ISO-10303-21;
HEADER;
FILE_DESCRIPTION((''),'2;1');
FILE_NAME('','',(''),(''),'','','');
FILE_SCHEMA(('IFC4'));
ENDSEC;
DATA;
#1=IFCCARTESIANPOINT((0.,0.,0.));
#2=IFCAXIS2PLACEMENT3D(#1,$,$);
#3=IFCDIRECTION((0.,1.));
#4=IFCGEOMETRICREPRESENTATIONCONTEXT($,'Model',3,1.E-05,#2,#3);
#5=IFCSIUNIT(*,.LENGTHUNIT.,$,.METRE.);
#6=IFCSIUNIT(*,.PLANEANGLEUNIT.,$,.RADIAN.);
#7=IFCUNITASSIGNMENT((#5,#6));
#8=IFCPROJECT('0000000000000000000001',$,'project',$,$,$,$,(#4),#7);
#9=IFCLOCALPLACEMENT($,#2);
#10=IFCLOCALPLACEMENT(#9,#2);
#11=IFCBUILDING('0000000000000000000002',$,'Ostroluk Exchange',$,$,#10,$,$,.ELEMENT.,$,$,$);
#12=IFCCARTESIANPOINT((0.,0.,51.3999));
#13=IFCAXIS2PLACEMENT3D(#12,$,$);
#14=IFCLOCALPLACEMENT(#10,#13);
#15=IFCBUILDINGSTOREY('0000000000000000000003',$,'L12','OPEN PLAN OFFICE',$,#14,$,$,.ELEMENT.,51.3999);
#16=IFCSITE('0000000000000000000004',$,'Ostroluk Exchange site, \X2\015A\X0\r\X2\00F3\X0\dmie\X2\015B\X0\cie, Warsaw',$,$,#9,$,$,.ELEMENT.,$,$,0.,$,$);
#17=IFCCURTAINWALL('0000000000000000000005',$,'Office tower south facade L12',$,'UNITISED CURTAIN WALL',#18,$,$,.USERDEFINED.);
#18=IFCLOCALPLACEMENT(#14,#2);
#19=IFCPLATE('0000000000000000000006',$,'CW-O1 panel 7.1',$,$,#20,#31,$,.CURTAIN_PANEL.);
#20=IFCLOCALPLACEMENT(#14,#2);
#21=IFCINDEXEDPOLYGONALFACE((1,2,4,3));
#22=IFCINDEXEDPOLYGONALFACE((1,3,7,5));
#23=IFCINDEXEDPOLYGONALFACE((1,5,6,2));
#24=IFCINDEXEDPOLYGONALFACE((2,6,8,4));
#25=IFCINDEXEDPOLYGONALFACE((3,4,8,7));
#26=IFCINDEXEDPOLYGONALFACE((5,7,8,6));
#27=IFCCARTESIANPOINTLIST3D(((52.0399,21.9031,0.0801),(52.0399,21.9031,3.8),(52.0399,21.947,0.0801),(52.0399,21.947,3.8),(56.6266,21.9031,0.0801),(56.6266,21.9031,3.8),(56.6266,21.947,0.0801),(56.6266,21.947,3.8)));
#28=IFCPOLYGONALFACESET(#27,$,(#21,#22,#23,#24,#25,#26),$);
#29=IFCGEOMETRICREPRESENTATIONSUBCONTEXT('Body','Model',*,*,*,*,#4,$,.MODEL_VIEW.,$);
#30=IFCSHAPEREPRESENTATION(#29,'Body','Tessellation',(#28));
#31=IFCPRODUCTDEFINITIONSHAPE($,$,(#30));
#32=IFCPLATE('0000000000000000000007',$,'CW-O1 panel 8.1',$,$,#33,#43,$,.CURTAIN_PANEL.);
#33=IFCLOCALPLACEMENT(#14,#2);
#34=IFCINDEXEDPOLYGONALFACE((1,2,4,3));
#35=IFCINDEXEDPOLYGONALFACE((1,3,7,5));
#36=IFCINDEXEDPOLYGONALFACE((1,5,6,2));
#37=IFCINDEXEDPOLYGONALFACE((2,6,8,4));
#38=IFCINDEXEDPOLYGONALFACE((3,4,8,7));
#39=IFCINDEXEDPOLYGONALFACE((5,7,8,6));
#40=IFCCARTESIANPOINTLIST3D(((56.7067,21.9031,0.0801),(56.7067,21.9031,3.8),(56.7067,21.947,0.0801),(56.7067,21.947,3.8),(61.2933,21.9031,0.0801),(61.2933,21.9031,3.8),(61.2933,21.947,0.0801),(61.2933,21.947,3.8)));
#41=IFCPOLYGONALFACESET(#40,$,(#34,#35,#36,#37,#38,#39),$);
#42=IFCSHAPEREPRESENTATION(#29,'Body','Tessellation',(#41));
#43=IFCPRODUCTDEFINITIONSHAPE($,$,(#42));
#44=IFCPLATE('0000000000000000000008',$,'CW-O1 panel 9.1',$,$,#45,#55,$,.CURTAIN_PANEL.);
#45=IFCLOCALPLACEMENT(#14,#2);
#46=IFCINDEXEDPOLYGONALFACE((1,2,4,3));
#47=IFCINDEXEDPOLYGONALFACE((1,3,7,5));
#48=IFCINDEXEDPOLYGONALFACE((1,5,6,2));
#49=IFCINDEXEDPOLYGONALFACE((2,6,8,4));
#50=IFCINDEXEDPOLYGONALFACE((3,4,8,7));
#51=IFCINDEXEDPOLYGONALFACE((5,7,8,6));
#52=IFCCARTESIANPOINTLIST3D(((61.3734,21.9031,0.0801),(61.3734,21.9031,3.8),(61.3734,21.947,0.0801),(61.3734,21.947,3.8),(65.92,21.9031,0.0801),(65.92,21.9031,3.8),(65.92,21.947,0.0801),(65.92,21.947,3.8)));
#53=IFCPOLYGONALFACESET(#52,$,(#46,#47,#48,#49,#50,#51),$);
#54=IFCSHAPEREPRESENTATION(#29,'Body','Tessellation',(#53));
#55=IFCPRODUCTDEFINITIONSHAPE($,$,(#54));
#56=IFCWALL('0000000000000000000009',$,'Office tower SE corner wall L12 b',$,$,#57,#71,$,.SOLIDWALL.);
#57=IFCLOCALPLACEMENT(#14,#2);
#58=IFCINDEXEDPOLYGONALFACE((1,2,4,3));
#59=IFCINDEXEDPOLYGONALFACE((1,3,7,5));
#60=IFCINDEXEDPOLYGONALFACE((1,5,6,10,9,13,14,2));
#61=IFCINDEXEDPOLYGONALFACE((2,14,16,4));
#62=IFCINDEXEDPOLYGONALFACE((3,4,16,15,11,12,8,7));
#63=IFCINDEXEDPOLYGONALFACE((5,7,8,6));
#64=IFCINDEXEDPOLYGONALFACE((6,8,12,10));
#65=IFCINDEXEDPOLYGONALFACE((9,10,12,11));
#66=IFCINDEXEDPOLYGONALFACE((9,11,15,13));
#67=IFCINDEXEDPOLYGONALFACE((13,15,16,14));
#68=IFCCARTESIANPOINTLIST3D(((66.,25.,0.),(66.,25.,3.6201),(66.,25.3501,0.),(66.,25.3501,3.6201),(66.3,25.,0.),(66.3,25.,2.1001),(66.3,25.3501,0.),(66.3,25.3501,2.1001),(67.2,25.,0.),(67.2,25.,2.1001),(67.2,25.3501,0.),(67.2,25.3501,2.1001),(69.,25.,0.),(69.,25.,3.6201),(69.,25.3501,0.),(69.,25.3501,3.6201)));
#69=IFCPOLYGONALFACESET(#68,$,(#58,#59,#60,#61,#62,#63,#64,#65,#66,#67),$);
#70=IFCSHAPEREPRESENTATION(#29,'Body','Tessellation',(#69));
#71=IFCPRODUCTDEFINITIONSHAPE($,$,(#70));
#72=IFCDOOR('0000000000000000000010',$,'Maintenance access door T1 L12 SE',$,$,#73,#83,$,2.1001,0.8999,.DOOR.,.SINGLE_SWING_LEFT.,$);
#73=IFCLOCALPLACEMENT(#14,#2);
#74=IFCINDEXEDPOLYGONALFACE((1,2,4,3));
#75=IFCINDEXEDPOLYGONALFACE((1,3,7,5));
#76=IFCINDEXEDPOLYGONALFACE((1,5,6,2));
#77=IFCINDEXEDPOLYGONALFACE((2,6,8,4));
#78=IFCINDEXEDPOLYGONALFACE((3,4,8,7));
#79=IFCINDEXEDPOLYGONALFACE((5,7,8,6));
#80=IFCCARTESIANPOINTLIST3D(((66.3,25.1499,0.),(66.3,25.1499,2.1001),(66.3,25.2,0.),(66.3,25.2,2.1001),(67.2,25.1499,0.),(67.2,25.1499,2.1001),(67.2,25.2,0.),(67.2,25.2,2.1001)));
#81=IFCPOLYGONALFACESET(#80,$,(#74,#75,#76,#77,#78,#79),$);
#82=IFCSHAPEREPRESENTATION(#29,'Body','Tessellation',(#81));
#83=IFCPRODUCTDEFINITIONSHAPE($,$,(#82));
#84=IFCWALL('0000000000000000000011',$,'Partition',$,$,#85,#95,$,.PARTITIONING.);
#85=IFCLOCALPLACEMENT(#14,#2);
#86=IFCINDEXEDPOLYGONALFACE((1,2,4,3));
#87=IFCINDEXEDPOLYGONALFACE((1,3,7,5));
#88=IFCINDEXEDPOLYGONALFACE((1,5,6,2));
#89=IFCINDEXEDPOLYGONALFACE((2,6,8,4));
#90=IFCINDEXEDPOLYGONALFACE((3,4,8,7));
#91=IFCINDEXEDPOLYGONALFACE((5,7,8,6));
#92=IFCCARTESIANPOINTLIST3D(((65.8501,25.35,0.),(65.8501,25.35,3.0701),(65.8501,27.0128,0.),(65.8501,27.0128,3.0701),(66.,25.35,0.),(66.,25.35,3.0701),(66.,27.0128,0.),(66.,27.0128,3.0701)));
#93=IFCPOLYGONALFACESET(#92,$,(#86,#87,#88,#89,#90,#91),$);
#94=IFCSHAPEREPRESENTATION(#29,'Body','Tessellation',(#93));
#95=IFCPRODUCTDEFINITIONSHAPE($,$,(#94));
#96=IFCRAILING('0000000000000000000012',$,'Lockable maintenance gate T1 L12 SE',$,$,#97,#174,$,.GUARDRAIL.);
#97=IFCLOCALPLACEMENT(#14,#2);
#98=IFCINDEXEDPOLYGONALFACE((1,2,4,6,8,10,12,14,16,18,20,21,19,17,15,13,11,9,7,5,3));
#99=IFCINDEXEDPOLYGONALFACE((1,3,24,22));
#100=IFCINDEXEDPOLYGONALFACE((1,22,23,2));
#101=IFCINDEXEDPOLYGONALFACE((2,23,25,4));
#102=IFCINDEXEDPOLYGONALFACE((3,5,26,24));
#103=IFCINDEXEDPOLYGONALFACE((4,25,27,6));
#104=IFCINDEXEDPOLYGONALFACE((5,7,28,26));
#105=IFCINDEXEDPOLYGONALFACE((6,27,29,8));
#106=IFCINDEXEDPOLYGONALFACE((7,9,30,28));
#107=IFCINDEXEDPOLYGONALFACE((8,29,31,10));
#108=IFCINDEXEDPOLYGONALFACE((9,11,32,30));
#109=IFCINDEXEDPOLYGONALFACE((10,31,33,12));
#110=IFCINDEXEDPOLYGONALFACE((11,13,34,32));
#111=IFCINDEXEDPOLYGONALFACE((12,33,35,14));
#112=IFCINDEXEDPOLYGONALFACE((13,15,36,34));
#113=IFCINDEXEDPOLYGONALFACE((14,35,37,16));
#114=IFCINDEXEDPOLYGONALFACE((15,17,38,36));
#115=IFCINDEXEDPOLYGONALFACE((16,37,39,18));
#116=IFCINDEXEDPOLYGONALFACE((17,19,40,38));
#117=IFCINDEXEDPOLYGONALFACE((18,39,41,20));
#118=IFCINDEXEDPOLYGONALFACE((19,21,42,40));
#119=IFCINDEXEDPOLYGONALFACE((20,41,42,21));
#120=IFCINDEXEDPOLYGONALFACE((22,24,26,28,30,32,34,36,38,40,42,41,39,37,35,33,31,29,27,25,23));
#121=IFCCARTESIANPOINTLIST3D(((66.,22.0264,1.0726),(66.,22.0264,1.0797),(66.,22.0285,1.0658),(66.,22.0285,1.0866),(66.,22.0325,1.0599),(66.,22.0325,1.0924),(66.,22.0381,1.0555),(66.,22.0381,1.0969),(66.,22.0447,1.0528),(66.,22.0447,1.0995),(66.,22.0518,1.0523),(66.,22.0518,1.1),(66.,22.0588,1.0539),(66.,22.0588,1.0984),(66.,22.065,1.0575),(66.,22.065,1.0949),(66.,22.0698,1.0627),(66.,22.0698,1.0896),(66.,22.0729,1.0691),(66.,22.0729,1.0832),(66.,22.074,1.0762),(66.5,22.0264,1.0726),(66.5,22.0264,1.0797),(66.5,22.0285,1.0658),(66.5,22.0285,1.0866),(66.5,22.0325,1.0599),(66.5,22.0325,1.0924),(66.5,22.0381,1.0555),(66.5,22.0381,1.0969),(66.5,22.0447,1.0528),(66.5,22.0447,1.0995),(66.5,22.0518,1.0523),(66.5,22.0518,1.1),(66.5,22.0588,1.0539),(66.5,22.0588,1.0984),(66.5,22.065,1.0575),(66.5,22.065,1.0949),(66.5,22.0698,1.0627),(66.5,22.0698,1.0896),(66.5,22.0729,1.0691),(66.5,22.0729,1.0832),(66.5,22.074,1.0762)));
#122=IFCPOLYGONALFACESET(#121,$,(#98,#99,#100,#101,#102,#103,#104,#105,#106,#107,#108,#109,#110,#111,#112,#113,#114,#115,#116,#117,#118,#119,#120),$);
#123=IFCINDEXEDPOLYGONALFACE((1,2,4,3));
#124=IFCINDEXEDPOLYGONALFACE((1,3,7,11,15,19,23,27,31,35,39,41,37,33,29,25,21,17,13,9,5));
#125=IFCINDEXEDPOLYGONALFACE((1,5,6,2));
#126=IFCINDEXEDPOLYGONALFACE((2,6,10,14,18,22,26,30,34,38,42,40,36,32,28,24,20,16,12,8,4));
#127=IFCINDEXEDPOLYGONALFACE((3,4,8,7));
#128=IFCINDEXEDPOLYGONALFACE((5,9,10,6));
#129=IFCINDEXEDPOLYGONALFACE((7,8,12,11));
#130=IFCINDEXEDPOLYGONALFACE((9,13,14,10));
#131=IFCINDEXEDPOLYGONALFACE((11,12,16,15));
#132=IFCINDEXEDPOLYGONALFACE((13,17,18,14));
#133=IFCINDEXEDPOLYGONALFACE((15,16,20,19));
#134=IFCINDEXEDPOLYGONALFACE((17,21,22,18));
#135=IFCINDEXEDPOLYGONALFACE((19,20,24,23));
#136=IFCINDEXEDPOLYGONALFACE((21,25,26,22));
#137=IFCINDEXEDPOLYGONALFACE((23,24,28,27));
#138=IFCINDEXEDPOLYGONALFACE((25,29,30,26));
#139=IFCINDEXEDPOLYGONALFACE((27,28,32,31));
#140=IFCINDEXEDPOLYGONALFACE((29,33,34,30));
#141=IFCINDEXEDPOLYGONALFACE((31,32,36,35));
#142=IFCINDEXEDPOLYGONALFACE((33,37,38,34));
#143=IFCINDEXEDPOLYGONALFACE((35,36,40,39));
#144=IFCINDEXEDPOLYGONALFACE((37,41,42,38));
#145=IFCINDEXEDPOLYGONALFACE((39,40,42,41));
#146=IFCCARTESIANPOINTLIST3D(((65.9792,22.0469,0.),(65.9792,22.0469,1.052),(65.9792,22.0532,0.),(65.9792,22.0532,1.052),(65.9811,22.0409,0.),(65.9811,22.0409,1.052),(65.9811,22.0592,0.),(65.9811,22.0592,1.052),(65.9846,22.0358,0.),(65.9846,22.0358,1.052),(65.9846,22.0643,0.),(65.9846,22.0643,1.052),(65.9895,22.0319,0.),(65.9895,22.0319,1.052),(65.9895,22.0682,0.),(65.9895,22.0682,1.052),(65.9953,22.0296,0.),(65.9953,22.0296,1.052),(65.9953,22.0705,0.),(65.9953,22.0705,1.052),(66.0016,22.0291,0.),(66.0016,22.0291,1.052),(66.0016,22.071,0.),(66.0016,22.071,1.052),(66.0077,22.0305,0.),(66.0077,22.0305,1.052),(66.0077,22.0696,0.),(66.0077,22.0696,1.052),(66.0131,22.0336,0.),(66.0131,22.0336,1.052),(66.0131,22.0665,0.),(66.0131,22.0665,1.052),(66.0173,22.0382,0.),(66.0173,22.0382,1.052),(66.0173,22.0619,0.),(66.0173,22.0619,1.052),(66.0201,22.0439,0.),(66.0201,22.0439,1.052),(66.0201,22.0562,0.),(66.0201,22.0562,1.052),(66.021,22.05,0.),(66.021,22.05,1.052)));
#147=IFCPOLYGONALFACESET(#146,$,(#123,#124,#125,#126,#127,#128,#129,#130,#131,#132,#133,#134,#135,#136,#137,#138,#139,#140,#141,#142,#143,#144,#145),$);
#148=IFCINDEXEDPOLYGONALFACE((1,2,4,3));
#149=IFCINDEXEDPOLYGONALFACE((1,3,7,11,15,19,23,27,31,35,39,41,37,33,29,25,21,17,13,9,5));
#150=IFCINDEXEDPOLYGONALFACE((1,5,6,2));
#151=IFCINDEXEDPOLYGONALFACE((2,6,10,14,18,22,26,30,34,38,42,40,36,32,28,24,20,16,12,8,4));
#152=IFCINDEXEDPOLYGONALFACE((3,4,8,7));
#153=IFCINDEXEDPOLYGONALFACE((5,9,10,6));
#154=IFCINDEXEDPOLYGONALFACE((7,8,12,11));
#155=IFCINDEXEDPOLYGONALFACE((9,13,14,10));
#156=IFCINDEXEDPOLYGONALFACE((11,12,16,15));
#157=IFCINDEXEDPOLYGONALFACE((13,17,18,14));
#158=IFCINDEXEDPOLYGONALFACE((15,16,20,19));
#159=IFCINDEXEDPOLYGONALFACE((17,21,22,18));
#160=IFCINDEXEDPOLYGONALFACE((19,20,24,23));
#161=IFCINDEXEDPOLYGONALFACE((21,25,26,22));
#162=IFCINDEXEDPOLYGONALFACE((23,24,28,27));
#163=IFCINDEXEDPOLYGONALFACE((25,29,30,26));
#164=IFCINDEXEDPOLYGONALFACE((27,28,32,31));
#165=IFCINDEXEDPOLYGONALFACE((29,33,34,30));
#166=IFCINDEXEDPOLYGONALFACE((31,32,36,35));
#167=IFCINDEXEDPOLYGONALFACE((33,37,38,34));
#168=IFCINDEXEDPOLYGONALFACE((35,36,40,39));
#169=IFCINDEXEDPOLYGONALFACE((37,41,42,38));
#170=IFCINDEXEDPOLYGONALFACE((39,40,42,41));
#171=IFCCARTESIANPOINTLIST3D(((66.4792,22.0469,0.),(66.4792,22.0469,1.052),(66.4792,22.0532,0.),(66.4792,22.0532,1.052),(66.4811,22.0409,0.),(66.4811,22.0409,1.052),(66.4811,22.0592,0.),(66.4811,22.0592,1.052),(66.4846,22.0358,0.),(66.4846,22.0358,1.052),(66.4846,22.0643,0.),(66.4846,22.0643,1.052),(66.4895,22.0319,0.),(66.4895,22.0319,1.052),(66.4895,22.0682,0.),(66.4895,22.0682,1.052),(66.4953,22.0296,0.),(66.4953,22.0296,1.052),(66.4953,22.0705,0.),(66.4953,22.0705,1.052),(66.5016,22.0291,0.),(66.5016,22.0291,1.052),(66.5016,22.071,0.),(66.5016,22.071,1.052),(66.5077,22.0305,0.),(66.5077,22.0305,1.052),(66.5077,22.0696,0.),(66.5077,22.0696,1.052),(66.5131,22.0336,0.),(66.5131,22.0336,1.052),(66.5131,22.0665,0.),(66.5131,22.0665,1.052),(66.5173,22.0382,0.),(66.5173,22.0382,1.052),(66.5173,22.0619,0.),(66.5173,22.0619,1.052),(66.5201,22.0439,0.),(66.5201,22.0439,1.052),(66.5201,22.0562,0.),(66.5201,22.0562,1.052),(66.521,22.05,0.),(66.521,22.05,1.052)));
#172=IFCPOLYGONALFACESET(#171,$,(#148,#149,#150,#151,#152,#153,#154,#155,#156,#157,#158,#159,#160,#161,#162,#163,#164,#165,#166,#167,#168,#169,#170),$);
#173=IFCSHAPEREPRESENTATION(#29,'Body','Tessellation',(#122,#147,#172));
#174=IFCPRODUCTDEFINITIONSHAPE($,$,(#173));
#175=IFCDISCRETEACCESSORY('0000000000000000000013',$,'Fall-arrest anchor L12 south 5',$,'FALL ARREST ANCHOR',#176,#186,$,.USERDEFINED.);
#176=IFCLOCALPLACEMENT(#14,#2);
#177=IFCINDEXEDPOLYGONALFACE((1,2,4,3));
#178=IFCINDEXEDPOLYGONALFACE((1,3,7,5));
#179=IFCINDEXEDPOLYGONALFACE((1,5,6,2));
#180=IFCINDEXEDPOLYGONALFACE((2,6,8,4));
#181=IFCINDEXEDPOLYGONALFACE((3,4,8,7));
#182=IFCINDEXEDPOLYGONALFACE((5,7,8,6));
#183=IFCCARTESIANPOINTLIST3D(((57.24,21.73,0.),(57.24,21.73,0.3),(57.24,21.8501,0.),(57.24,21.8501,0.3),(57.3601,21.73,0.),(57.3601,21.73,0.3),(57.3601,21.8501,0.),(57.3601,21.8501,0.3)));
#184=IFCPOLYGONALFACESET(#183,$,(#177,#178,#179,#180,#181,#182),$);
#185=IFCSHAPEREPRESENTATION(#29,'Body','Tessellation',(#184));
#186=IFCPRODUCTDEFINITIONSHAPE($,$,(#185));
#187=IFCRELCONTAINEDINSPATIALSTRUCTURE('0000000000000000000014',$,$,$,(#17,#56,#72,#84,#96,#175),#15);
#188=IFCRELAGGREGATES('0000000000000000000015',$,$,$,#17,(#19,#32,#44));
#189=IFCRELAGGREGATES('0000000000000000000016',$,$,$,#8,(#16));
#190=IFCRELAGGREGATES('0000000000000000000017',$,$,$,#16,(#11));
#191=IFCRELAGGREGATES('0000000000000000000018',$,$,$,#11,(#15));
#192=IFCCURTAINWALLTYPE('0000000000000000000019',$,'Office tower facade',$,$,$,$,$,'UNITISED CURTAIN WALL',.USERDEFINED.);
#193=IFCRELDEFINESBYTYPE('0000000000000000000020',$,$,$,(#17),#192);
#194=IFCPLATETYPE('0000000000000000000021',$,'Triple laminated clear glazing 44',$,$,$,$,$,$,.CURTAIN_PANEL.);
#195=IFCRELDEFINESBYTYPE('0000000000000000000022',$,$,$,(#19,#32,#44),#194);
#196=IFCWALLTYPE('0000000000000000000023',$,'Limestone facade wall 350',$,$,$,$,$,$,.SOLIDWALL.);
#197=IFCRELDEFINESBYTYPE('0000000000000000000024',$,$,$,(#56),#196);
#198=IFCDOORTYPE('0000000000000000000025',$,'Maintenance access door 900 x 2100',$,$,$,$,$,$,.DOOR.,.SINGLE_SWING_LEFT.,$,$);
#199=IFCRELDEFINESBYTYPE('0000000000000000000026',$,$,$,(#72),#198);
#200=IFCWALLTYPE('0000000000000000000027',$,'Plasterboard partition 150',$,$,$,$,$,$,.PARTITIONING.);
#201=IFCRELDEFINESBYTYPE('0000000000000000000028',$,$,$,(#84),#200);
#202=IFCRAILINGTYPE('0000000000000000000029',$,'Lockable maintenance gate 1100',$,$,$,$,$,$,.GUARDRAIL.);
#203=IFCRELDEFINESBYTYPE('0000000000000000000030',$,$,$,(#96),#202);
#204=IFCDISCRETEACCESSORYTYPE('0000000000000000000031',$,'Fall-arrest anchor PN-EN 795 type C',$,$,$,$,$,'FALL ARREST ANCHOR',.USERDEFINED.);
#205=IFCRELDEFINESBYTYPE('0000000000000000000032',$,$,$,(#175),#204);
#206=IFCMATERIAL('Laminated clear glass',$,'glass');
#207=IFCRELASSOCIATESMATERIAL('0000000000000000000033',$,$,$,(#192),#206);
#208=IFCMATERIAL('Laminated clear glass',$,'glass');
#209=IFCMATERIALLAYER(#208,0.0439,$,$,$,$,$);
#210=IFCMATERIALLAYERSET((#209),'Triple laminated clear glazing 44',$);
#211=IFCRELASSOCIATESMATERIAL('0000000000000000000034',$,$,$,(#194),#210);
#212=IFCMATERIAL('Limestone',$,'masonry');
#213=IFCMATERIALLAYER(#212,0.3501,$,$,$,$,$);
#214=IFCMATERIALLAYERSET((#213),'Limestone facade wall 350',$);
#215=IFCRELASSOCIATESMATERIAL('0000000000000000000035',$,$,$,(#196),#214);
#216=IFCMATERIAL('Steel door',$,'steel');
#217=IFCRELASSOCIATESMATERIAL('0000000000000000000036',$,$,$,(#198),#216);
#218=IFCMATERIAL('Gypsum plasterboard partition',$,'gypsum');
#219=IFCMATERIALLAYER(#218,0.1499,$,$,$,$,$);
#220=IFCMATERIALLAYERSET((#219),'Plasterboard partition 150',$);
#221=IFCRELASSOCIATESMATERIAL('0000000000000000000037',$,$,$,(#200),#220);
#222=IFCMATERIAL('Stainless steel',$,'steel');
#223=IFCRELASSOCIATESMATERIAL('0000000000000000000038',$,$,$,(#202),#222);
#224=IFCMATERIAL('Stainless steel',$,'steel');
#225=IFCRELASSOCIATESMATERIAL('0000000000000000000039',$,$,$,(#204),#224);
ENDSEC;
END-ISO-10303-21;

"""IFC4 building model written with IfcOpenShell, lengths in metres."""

from ifc_helpers import new_model, si_unit, direction, frame, frame_2d, origin, origin_2d, place, context, subcontext, project, spatial, rectangle, circle, extrude, material, layer, layer_set, type_object, element, fill, aggregate, save


model = new_model("IFC4")

# Units and contexts
model_context = context("Model", 3, precision=1e-05, world=origin(), true_north=direction((0.0, 1.0)))
body_context = subcontext(model_context, "Body", "Model", "MODEL_VIEW")
ifc_project = project(units=[si_unit("LENGTHUNIT", "METRE"), si_unit("PLANEANGLEUNIT", "RADIAN")], contexts=[model_context])

# Site, building, storey
site_placement = place(None, origin())
site = spatial("IfcSite", under=ifc_project, at=site_placement, Name="Ostroluk Exchange site, Śródmieście, Warsaw", CompositionType="ELEMENT", RefElevation=0.0)
building_placement = place(site_placement, origin())
building = spatial("IfcBuilding", under=site, at=building_placement, Name="Ostroluk Exchange", CompositionType="ELEMENT")
storey_placement = place(building_placement, frame((0.0, 0.0, 51.3999)))
storey = spatial("IfcBuildingStorey", under=building, at=storey_placement, Name="L12", Description="OPEN PLAN OFFICE", CompositionType="ELEMENT", Elevation=51.3999)

# Curtain wall
ifc_material_1 = material(Name="Laminated clear glass", Category="glass")
curtain_wall_type = type_object("IfcCurtainWallType", Name="Office tower facade", ElementType="UNITISED CURTAIN WALL", PredefinedType="USERDEFINED", material=ifc_material_1)
curtain_wall_placement = place(storey_placement, origin())
curtain_wall = element("IfcCurtainWall", 1, at=curtain_wall_placement, inside=storey, type_object=curtain_wall_type, Name="Office tower south facade L12", ObjectType="UNITISED CURTAIN WALL", PredefinedType="USERDEFINED")

# Plates
ifc_material_2 = material(Name="Laminated clear glass", Category="glass")
ifc_layer_1 = layer(ifc_material_2, 0.0439)
ifc_layer_set_1 = layer_set([ifc_layer_1], Name="Triple laminated clear glazing 44")
plate_type_1 = type_object("IfcPlateType", Name="Triple laminated clear glazing 44", PredefinedType="CURTAIN_PANEL", material=ifc_layer_set_1)
plate_1_placement = place(storey_placement, frame((54.3333, 21.925, 0.0801), z_axis=(0.0, 0.0, 1.0), x_axis=(1.0, 0.0, 0.0)))
plate_1 = element("IfcPlate", 2, at=plate_1_placement, type_object=plate_type_1, Name="CW-O1 panel 7.1", PredefinedType="CURTAIN_PANEL", context=body_context, shape_type="SweptSolid", body=[
    extrude(rectangle(XDim=4.5867, YDim=0.0439, at=origin_2d()), origin(), (0.0, 0.0, 1.0), 3.72),
])
plate_2_placement = place(storey_placement, frame((59.0, 21.925, 0.0801), z_axis=(0.0, 0.0, 1.0), x_axis=(1.0, 0.0, 0.0)))
plate_2 = element("IfcPlate", 3, at=plate_2_placement, type_object=plate_type_1, Name="CW-O1 panel 8.1", PredefinedType="CURTAIN_PANEL", context=body_context, shape_type="SweptSolid", body=[
    extrude(rectangle(XDim=4.5867, YDim=0.0439, at=origin_2d()), origin(), (0.0, 0.0, 1.0), 3.72),
])
plate_3_placement = place(storey_placement, frame((63.6467, 21.925, 0.0801), z_axis=(0.0, 0.0, 1.0), x_axis=(1.0, 0.0, 0.0)))
plate_3 = element("IfcPlate", 4, at=plate_3_placement, type_object=plate_type_1, Name="CW-O1 panel 9.1", PredefinedType="CURTAIN_PANEL", context=body_context, shape_type="SweptSolid", body=[
    extrude(rectangle(XDim=4.5466, YDim=0.0439, at=origin_2d()), origin(), (0.0, 0.0, 1.0), 3.72),
])
aggregate(curtain_wall, [plate_1, plate_2, plate_3])

# Wall, opening, door
ifc_material_3 = material(Name="Limestone", Category="masonry")
ifc_layer_2 = layer(ifc_material_3, 0.3501)
ifc_layer_set_2 = layer_set([ifc_layer_2], Name="Limestone facade wall 350")
wall_type_1 = type_object("IfcWallType", Name="Limestone facade wall 350", PredefinedType="SOLIDWALL", material=ifc_layer_set_2)
wall_1_placement = place(storey_placement, frame((66.0, 25.175, 0.0), z_axis=(0.0, 0.0, 1.0), x_axis=(1.0, 0.0, 0.0)))
wall_1 = element("IfcWall", 5, at=wall_1_placement, inside=storey, type_object=wall_type_1, Name="Office tower SE corner wall L12 b", PredefinedType="SOLIDWALL", context=body_context, shape_type="SweptSolid", body=[
    extrude(rectangle(XDim=3.0, YDim=0.3501, at=frame_2d((1.5, 0.0))), origin(), (0.0, 0.0, 1.0), 3.6201),
])
opening_1_placement = place(wall_1_placement, frame((0.3, 0.0, 0.0)))
opening_1 = element("IfcOpeningElement", 6, at=opening_1_placement, cuts=wall_1, PredefinedType="OPENING", context=body_context, shape_type="SweptSolid", body=[
    extrude(rectangle(XDim=0.8999, YDim=2.1001, at=frame_2d((0.45, 1.05))), frame((0.0, 0.1851, 0.0), z_axis=(0.0, -1.0, 0.0), x_axis=(1.0, 0.0, 0.0)), (0.0, 0.0, 1.0), 0.3701),
])
ifc_material_4 = material(Name="Steel door", Category="steel")
door_type_1 = type_object("IfcDoorType", Name="Maintenance access door 900 x 2100", OperationType="SINGLE_SWING_LEFT", PredefinedType="DOOR", material=ifc_material_4)
door_1_placement = place(opening_1_placement, origin())
door_1 = element("IfcDoor", 7, at=door_1_placement, inside=storey, type_object=door_type_1, Name="Maintenance access door T1 L12 SE", OperationType="SINGLE_SWING_LEFT", OverallHeight=2.1001, OverallWidth=0.8999, PredefinedType="DOOR", context=body_context, shape_type="SweptSolid", body=[
    extrude(rectangle(XDim=0.8999, YDim=2.1001, at=frame_2d((0.45, 1.05))), frame((0.0, 0.0249, 0.0), z_axis=(0.0, -1.0, 0.0), x_axis=(1.0, 0.0, 0.0)), (0.0, 0.0, 1.0), 0.05),
])
fill(opening_1, door_1)

# Wall
ifc_material_5 = material(Name="Gypsum plasterboard partition", Category="gypsum")
ifc_layer_3 = layer(ifc_material_5, 0.1499)
ifc_layer_set_3 = layer_set([ifc_layer_3], Name="Plasterboard partition 150")
wall_type_2 = type_object("IfcWallType", Name="Plasterboard partition 150", PredefinedType="PARTITIONING", material=ifc_layer_set_3)
wall_2_placement = place(storey_placement, frame((65.925, 27.0129, 0.0), z_axis=(0.0, 0.0, 1.0), x_axis=(0.0, -1.0, 0.0)))
element("IfcWall", 8, at=wall_2_placement, inside=storey, type_object=wall_type_2, Name="Partition", PredefinedType="PARTITIONING", context=body_context, shape_type="SweptSolid", body=[
    extrude(rectangle(XDim=1.6628, YDim=0.1499, at=frame_2d((0.8315, 0.0))), origin(), (0.0, 0.0, 1.0), 3.0701),
])

# Railing
ifc_material_6 = material(Name="Stainless steel", Category="steel")
railing_type_1 = type_object("IfcRailingType", Name="Lockable maintenance gate 1100", PredefinedType="GUARDRAIL", material=ifc_material_6)
railing_1_placement = place(storey_placement, frame((66.0, 22.05, 0.0)))
element("IfcRailing", 9, at=railing_1_placement, inside=storey, type_object=railing_type_1, Name="Lockable maintenance gate T1 L12 SE", PredefinedType="GUARDRAIL", context=body_context, shape_type="SweptSolid", body=[
    extrude(circle(Radius=0.0239, at=origin_2d()), frame((0.0, 0.0, 1.0762), z_axis=(1.0, 0.0, 0.0), x_axis=(0.0, 1.0, 0.0)), (0.0, 0.0, 1.0), 0.5),
    extrude(circle(Radius=0.021, at=origin_2d()), origin(), (0.0, 0.0, 1.0), 1.052),
    extrude(circle(Radius=0.021, at=origin_2d()), frame((0.5, 0.0, 0.0)), (0.0, 0.0, 1.0), 1.052),
])

# Discrete accessory
ifc_material_7 = material(Name="Stainless steel", Category="steel")
discrete_accessory_type = type_object("IfcDiscreteAccessoryType", Name="Fall-arrest anchor PN-EN 795 type C", ElementType="FALL ARREST ANCHOR", PredefinedType="USERDEFINED", material=ifc_material_7)
for number, where, z_axis, x_axis, name in (
    (10, (57.3, 21.79, 0.0), (0.0, 0.0, 1.0), (1.0, 0.0, 0.0), "Fall-arrest anchor L12 south 5"),
):
    element("IfcDiscreteAccessory", number, at=place(storey_placement, frame(where, z_axis=z_axis, x_axis=x_axis)), inside=storey, type_object=discrete_accessory_type, Name=name, ObjectType="FALL ARREST ANCHOR", PredefinedType="USERDEFINED", context=body_context, shape_type="SweptSolid", body=[
        extrude(rectangle(XDim=0.1201, YDim=0.1201, at=origin_2d()), origin(), (0.0, 0.0, 1.0), 0.3),
    ])

save(model, "model.ifc")
